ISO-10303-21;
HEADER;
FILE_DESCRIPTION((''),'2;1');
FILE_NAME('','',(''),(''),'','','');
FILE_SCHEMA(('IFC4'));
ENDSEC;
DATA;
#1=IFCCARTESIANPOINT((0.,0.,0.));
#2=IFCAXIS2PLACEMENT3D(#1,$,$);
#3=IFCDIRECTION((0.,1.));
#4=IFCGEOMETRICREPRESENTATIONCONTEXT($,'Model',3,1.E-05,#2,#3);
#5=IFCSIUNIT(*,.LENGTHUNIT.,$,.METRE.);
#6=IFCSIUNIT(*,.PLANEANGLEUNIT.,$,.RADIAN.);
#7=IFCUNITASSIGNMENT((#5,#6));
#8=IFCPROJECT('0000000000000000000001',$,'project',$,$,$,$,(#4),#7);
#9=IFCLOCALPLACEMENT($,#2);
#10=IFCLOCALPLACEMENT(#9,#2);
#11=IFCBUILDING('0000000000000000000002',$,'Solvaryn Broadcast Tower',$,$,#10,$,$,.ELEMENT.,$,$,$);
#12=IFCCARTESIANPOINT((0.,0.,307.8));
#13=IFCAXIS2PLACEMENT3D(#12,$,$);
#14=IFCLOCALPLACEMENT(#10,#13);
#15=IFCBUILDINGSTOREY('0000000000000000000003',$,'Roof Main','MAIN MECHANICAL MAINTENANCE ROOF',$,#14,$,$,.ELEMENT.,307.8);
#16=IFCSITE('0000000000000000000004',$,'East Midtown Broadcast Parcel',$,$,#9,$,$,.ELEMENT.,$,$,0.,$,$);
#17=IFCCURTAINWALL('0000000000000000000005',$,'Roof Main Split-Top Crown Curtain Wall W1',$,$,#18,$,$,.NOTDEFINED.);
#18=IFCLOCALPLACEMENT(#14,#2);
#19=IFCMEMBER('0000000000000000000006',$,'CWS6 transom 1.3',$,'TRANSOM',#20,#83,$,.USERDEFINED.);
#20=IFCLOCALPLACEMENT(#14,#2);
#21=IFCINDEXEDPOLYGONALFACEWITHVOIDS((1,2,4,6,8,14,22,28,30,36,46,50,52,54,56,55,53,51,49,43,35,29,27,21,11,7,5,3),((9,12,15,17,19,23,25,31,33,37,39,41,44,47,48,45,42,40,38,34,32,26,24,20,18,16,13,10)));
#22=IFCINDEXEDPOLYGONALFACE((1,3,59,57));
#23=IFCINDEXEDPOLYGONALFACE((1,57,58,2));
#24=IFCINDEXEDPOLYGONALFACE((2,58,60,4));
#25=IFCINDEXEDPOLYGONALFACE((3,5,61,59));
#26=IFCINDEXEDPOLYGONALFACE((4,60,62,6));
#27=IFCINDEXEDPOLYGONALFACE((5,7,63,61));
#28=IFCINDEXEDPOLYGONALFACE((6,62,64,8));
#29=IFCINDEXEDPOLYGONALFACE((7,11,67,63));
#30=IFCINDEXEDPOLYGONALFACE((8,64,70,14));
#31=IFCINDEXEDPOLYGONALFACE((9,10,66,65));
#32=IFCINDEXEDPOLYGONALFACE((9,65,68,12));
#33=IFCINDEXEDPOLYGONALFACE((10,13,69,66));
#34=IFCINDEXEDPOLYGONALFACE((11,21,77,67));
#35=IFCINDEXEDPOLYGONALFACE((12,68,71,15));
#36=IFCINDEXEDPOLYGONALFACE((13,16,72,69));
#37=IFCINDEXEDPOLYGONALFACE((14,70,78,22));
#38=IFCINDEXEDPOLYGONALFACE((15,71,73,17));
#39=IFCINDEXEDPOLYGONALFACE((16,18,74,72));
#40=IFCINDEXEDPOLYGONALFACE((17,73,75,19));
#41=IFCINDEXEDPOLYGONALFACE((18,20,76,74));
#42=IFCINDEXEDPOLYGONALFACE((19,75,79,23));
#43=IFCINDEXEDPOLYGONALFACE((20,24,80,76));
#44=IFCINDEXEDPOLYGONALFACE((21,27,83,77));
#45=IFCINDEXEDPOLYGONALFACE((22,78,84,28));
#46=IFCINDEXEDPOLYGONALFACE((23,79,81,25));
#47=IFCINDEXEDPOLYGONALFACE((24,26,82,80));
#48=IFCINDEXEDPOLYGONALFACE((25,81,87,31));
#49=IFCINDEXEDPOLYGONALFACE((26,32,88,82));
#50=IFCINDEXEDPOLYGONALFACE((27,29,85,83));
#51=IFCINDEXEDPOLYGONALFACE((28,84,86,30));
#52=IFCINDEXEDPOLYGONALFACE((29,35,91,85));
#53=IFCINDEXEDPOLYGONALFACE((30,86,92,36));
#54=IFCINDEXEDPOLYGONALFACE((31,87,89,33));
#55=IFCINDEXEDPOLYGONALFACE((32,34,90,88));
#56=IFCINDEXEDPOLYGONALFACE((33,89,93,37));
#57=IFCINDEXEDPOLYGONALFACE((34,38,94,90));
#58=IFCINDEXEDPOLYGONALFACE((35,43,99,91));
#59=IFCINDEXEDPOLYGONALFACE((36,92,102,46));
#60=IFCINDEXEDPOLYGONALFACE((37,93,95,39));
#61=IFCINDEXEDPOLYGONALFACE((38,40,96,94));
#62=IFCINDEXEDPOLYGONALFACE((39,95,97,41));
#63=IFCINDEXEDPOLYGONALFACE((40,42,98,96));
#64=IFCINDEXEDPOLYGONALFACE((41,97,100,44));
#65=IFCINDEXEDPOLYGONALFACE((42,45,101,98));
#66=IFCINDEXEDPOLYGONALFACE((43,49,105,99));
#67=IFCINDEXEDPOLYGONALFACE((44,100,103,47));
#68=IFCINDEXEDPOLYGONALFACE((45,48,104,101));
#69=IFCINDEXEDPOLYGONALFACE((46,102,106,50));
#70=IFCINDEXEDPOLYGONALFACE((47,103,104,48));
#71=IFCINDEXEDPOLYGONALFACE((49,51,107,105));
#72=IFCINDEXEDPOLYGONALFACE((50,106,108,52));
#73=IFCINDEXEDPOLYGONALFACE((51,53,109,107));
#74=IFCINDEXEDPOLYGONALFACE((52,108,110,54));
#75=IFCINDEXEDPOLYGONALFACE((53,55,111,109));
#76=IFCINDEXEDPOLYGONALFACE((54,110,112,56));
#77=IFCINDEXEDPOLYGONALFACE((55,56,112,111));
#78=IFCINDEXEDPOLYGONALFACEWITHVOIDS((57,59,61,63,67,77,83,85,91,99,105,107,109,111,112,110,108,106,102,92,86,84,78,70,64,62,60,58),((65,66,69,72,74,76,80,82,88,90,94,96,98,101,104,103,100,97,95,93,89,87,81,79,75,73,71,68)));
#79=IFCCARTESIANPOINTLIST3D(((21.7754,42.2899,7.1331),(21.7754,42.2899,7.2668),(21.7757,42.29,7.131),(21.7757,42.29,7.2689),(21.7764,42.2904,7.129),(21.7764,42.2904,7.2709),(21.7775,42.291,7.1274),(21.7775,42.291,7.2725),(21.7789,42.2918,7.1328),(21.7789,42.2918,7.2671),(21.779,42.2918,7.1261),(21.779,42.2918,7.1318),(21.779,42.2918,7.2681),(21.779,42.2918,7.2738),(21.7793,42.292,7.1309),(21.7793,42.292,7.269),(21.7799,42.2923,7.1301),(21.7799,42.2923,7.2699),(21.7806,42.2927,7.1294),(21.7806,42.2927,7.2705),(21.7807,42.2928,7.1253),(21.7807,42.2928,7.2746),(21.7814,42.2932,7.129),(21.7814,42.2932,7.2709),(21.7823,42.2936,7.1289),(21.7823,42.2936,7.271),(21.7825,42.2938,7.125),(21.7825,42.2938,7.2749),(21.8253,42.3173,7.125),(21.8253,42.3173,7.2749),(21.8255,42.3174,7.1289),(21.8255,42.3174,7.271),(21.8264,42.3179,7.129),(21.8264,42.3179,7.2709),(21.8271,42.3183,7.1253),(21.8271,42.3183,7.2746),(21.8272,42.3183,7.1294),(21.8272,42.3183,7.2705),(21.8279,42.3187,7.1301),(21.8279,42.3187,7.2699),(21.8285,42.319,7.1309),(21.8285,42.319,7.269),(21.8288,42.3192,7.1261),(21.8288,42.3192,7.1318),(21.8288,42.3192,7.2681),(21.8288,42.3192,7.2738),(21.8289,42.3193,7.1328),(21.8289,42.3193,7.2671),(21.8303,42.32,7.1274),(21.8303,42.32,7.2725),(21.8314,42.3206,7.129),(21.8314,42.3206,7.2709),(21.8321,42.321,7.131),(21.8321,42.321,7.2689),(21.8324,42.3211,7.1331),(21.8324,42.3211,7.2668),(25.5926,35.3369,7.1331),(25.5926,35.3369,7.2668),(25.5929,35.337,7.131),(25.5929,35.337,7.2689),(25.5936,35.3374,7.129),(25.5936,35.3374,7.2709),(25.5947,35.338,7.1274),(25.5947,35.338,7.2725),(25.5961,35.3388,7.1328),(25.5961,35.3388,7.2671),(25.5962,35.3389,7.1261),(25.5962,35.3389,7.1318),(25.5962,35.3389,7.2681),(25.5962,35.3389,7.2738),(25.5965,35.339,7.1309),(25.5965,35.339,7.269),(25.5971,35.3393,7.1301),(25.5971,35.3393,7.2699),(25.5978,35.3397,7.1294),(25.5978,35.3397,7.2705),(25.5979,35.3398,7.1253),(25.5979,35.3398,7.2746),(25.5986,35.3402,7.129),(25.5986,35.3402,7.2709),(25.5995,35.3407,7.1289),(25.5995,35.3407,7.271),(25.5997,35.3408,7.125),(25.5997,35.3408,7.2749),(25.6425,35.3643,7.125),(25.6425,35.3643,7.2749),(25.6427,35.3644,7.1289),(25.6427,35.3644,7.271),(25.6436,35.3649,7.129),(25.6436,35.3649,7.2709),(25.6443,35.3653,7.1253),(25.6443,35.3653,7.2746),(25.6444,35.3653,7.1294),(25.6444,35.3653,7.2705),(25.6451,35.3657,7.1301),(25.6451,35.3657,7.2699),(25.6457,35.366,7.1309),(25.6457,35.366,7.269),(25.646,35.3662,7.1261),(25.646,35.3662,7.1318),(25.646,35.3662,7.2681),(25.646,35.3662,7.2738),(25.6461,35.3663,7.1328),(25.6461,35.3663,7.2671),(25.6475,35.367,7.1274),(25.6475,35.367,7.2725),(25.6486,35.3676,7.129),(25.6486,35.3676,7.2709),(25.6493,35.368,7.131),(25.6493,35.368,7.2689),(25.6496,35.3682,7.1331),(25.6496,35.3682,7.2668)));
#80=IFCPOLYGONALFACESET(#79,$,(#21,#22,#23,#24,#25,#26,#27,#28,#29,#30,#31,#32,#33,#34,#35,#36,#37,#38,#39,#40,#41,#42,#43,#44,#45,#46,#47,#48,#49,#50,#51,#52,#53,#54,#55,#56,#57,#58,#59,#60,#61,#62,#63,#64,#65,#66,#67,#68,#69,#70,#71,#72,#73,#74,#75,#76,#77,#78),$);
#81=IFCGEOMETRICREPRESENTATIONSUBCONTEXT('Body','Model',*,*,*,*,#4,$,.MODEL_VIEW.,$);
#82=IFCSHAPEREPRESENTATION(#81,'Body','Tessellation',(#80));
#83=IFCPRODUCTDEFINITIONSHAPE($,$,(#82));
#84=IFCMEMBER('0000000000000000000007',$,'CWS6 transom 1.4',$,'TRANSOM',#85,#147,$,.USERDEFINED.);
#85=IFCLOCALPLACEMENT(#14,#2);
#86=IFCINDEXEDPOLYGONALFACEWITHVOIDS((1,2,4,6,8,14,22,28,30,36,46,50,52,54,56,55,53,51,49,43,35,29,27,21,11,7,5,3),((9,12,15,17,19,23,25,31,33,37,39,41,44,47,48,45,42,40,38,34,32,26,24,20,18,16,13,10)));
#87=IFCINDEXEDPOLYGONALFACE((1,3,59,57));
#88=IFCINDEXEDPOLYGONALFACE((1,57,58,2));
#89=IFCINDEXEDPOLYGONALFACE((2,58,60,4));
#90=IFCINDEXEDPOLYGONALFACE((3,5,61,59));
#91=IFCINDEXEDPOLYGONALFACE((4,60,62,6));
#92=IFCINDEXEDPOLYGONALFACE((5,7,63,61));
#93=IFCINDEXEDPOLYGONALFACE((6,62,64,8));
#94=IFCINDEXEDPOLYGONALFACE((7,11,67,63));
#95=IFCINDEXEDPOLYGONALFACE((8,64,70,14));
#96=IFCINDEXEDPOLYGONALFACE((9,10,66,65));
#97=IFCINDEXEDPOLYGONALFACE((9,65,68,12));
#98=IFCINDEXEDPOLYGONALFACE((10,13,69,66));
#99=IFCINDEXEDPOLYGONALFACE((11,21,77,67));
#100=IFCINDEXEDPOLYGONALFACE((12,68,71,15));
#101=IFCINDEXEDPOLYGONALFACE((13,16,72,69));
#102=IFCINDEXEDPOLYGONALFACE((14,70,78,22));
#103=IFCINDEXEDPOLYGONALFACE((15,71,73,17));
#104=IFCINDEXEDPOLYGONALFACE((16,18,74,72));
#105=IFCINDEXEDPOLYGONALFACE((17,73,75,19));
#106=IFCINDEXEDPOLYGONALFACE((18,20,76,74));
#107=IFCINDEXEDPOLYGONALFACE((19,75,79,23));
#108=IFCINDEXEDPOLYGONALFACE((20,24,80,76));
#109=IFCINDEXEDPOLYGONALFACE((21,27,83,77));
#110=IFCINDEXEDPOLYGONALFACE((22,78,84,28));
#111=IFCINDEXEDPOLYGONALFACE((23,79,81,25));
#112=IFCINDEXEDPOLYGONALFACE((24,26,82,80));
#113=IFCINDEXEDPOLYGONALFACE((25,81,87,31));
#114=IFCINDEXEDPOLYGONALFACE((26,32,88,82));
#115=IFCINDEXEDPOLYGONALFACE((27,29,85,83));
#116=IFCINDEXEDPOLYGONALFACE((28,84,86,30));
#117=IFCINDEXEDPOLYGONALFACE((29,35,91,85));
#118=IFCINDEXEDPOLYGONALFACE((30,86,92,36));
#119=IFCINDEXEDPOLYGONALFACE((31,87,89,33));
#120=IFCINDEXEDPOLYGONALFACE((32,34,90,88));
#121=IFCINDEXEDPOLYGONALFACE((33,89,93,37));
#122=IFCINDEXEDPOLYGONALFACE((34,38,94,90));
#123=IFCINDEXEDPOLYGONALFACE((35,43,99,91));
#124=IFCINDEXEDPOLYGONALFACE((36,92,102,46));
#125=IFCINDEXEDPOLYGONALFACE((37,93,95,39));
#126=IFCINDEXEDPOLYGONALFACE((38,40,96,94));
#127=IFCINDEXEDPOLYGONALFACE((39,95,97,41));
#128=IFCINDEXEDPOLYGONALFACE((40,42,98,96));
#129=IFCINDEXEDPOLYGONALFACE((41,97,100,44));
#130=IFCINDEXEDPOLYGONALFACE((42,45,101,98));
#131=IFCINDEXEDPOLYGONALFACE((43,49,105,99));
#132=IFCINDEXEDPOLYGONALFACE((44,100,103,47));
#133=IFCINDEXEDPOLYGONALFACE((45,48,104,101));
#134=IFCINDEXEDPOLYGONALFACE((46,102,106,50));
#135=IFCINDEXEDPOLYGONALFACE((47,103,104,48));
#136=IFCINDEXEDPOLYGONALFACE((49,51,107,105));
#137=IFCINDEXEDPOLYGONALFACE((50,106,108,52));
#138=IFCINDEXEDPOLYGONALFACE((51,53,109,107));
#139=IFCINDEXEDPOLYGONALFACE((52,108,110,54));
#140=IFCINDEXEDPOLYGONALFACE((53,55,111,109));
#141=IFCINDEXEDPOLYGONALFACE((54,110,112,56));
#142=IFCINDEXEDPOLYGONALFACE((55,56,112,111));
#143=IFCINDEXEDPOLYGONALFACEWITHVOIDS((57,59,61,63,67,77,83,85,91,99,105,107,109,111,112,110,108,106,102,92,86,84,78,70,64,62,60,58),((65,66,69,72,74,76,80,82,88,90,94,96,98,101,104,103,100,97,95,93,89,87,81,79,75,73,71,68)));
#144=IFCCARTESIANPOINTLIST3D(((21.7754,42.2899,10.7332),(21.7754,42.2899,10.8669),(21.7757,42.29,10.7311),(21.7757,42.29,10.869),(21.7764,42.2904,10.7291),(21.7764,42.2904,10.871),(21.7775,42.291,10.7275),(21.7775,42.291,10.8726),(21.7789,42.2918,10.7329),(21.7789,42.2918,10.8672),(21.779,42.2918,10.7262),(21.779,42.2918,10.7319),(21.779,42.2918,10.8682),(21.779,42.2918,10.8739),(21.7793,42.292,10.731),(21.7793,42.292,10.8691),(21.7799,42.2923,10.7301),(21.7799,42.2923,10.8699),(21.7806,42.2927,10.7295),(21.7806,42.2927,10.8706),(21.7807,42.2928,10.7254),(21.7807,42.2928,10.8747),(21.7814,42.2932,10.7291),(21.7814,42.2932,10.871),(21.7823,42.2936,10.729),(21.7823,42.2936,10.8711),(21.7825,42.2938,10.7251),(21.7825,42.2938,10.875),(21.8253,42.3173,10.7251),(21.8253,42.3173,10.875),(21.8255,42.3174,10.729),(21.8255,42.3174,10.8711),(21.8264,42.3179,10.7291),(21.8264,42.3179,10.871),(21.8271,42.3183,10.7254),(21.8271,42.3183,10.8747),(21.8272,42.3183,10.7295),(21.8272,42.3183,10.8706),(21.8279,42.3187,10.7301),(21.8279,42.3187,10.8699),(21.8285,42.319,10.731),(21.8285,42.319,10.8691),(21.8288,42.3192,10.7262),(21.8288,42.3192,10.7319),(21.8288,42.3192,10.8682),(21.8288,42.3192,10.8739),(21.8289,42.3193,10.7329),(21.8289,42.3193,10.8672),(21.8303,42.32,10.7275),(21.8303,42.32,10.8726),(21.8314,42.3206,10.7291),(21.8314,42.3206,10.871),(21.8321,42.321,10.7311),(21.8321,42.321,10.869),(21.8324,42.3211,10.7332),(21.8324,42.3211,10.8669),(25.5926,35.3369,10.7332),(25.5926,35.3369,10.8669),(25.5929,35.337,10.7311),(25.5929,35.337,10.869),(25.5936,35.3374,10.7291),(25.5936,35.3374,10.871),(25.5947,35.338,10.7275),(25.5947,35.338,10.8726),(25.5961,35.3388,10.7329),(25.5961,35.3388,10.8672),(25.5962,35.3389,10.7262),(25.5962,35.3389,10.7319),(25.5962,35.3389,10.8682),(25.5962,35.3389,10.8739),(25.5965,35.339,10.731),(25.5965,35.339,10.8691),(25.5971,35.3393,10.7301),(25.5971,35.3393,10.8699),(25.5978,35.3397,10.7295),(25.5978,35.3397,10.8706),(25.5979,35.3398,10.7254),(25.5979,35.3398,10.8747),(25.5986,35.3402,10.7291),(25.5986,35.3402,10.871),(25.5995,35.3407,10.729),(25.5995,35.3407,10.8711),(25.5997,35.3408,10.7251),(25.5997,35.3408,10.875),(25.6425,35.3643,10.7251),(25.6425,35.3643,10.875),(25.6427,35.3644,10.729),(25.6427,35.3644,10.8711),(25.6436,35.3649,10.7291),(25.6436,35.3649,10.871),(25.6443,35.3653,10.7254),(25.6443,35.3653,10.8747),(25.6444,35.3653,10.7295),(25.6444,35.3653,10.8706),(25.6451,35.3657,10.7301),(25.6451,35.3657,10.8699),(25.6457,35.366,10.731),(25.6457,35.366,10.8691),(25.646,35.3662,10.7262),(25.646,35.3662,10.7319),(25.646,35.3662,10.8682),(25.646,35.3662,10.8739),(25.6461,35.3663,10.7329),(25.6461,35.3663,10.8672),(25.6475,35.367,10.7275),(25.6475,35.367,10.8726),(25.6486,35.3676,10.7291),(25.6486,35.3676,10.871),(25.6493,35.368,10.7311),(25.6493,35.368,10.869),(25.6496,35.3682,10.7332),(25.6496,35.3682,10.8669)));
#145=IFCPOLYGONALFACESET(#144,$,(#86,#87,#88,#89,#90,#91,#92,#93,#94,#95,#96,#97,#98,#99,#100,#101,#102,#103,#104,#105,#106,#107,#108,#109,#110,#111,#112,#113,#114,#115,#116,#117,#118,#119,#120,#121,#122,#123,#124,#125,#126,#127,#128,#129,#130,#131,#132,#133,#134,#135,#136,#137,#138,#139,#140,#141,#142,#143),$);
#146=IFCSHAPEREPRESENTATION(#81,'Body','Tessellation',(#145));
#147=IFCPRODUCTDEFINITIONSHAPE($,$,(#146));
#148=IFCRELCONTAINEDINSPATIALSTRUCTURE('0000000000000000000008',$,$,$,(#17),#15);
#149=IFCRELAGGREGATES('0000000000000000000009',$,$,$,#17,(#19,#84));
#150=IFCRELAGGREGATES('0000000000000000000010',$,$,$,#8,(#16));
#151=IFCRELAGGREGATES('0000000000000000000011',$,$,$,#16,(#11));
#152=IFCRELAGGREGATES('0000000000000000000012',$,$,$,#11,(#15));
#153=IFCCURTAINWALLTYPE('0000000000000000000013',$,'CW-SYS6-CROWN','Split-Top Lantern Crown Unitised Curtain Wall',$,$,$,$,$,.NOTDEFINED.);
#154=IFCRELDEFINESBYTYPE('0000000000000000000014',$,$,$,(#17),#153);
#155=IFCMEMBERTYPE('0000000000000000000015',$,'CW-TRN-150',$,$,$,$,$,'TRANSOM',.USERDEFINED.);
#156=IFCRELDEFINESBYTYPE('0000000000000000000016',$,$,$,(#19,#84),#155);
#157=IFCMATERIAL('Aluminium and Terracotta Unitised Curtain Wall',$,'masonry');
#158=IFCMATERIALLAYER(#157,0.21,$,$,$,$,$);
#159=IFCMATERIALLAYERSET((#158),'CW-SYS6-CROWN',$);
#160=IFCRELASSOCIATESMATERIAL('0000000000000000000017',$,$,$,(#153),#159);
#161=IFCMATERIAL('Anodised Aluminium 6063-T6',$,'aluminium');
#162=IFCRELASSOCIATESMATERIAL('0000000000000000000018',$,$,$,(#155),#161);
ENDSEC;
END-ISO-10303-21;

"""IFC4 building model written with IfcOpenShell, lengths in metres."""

from ifc_helpers import new_model, si_unit, direction, frame, origin, origin_2d, place, context, subcontext, project, spatial, hollow_rectangle, extrude, material, layer, layer_set, material_profile, profile_set, type_object, element, aggregate, save


model = new_model("IFC4")

# Units and contexts
model_context = context("Model", 3, precision=1e-05, world=origin(), true_north=direction((0.0, 1.0)))
body_context = subcontext(model_context, "Body", "Model", "MODEL_VIEW")
ifc_project = project(units=[si_unit("LENGTHUNIT", "METRE"), si_unit("PLANEANGLEUNIT", "RADIAN")], contexts=[model_context])

# Site, building, storey
site_placement = place(None, origin())
site = spatial("IfcSite", under=ifc_project, at=site_placement, Name="East Midtown Broadcast Parcel", CompositionType="ELEMENT", RefElevation=0.0)
building_placement = place(site_placement, origin())
building = spatial("IfcBuilding", under=site, at=building_placement, Name="Solvaryn Broadcast Tower", CompositionType="ELEMENT")
storey_placement = place(building_placement, frame((0.0, 0.0, 307.8)))
storey = spatial("IfcBuildingStorey", under=building, at=storey_placement, Name="Roof Main", Description="MAIN MECHANICAL MAINTENANCE ROOF", CompositionType="ELEMENT", Elevation=307.8)

# Curtain wall
ifc_material_1 = material(Name="Aluminium and Terracotta Unitised Curtain Wall", Category="masonry")
ifc_layer_1 = layer(ifc_material_1, 0.21)
ifc_layer_set_1 = layer_set([ifc_layer_1], Name="CW-SYS6-CROWN")
curtain_wall_type = type_object("IfcCurtainWallType", Name="CW-SYS6-CROWN", Description="Split-Top Lantern Crown Unitised Curtain Wall", PredefinedType="NOTDEFINED", material=ifc_layer_set_1)
curtain_wall_1_placement = place(storey_placement, origin())
curtain_wall_1 = element("IfcCurtainWall", 1, at=curtain_wall_1_placement, inside=storey, type_object=curtain_wall_type, Name="Roof Main Split-Top Crown Curtain Wall W1", PredefinedType="NOTDEFINED")

# Members
ifc_material_2 = material(Name="Anodised Aluminium 6063-T6", Category="aluminium")
ifc_material_profile_1 = material_profile(ifc_material_2, hollow_rectangle(XDim=0.0649, YDim=0.1499, WallThickness=0.0039, InnerFilletRadius=0.0039, OuterFilletRadius=0.0081, at=origin_2d()))
ifc_profile_set_1 = profile_set([ifc_material_profile_1], Name="Anodised Aluminium 6063-T6")
member_type_1 = type_object("IfcMemberType", Name="CW-TRN-150", ElementType="TRANSOM", PredefinedType="USERDEFINED", material=ifc_profile_set_1)
member_1_placement = place(storey_placement, frame((25.6211, 35.3525, 7.2), z_axis=(-0.481246, 0.876585, 0.0), x_axis=(-0.876585, -0.481246, 0.0)))
member_1 = element("IfcMember", 2, at=member_1_placement, type_object=member_type_1, Name="CWS6 transom 1.3", ObjectType="TRANSOM", PredefinedType="USERDEFINED", context=body_context, shape_type="SweptSolid", body=[
    extrude(hollow_rectangle(XDim=0.0649, YDim=0.1499, WallThickness=0.0039, InnerFilletRadius=0.0039, OuterFilletRadius=0.0081, at=origin_2d()), origin(), (0.0, 0.0, 1.0), 7.9319),
])
member_2_placement = place(storey_placement, frame((25.6211, 35.3525, 10.8), z_axis=(-0.481246, 0.876585, 0.0), x_axis=(-0.876585, -0.481246, 0.0)))
member_2 = element("IfcMember", 3, at=member_2_placement, type_object=member_type_1, Name="CWS6 transom 1.4", ObjectType="TRANSOM", PredefinedType="USERDEFINED", context=body_context, shape_type="SweptSolid", body=[
    extrude(hollow_rectangle(XDim=0.0649, YDim=0.1499, WallThickness=0.0039, InnerFilletRadius=0.0039, OuterFilletRadius=0.0081, at=origin_2d()), origin(), (0.0, 0.0, 1.0), 7.9319),
])

aggregate(curtain_wall_1, [member_1, member_2])

save(model, "model.ifc")
